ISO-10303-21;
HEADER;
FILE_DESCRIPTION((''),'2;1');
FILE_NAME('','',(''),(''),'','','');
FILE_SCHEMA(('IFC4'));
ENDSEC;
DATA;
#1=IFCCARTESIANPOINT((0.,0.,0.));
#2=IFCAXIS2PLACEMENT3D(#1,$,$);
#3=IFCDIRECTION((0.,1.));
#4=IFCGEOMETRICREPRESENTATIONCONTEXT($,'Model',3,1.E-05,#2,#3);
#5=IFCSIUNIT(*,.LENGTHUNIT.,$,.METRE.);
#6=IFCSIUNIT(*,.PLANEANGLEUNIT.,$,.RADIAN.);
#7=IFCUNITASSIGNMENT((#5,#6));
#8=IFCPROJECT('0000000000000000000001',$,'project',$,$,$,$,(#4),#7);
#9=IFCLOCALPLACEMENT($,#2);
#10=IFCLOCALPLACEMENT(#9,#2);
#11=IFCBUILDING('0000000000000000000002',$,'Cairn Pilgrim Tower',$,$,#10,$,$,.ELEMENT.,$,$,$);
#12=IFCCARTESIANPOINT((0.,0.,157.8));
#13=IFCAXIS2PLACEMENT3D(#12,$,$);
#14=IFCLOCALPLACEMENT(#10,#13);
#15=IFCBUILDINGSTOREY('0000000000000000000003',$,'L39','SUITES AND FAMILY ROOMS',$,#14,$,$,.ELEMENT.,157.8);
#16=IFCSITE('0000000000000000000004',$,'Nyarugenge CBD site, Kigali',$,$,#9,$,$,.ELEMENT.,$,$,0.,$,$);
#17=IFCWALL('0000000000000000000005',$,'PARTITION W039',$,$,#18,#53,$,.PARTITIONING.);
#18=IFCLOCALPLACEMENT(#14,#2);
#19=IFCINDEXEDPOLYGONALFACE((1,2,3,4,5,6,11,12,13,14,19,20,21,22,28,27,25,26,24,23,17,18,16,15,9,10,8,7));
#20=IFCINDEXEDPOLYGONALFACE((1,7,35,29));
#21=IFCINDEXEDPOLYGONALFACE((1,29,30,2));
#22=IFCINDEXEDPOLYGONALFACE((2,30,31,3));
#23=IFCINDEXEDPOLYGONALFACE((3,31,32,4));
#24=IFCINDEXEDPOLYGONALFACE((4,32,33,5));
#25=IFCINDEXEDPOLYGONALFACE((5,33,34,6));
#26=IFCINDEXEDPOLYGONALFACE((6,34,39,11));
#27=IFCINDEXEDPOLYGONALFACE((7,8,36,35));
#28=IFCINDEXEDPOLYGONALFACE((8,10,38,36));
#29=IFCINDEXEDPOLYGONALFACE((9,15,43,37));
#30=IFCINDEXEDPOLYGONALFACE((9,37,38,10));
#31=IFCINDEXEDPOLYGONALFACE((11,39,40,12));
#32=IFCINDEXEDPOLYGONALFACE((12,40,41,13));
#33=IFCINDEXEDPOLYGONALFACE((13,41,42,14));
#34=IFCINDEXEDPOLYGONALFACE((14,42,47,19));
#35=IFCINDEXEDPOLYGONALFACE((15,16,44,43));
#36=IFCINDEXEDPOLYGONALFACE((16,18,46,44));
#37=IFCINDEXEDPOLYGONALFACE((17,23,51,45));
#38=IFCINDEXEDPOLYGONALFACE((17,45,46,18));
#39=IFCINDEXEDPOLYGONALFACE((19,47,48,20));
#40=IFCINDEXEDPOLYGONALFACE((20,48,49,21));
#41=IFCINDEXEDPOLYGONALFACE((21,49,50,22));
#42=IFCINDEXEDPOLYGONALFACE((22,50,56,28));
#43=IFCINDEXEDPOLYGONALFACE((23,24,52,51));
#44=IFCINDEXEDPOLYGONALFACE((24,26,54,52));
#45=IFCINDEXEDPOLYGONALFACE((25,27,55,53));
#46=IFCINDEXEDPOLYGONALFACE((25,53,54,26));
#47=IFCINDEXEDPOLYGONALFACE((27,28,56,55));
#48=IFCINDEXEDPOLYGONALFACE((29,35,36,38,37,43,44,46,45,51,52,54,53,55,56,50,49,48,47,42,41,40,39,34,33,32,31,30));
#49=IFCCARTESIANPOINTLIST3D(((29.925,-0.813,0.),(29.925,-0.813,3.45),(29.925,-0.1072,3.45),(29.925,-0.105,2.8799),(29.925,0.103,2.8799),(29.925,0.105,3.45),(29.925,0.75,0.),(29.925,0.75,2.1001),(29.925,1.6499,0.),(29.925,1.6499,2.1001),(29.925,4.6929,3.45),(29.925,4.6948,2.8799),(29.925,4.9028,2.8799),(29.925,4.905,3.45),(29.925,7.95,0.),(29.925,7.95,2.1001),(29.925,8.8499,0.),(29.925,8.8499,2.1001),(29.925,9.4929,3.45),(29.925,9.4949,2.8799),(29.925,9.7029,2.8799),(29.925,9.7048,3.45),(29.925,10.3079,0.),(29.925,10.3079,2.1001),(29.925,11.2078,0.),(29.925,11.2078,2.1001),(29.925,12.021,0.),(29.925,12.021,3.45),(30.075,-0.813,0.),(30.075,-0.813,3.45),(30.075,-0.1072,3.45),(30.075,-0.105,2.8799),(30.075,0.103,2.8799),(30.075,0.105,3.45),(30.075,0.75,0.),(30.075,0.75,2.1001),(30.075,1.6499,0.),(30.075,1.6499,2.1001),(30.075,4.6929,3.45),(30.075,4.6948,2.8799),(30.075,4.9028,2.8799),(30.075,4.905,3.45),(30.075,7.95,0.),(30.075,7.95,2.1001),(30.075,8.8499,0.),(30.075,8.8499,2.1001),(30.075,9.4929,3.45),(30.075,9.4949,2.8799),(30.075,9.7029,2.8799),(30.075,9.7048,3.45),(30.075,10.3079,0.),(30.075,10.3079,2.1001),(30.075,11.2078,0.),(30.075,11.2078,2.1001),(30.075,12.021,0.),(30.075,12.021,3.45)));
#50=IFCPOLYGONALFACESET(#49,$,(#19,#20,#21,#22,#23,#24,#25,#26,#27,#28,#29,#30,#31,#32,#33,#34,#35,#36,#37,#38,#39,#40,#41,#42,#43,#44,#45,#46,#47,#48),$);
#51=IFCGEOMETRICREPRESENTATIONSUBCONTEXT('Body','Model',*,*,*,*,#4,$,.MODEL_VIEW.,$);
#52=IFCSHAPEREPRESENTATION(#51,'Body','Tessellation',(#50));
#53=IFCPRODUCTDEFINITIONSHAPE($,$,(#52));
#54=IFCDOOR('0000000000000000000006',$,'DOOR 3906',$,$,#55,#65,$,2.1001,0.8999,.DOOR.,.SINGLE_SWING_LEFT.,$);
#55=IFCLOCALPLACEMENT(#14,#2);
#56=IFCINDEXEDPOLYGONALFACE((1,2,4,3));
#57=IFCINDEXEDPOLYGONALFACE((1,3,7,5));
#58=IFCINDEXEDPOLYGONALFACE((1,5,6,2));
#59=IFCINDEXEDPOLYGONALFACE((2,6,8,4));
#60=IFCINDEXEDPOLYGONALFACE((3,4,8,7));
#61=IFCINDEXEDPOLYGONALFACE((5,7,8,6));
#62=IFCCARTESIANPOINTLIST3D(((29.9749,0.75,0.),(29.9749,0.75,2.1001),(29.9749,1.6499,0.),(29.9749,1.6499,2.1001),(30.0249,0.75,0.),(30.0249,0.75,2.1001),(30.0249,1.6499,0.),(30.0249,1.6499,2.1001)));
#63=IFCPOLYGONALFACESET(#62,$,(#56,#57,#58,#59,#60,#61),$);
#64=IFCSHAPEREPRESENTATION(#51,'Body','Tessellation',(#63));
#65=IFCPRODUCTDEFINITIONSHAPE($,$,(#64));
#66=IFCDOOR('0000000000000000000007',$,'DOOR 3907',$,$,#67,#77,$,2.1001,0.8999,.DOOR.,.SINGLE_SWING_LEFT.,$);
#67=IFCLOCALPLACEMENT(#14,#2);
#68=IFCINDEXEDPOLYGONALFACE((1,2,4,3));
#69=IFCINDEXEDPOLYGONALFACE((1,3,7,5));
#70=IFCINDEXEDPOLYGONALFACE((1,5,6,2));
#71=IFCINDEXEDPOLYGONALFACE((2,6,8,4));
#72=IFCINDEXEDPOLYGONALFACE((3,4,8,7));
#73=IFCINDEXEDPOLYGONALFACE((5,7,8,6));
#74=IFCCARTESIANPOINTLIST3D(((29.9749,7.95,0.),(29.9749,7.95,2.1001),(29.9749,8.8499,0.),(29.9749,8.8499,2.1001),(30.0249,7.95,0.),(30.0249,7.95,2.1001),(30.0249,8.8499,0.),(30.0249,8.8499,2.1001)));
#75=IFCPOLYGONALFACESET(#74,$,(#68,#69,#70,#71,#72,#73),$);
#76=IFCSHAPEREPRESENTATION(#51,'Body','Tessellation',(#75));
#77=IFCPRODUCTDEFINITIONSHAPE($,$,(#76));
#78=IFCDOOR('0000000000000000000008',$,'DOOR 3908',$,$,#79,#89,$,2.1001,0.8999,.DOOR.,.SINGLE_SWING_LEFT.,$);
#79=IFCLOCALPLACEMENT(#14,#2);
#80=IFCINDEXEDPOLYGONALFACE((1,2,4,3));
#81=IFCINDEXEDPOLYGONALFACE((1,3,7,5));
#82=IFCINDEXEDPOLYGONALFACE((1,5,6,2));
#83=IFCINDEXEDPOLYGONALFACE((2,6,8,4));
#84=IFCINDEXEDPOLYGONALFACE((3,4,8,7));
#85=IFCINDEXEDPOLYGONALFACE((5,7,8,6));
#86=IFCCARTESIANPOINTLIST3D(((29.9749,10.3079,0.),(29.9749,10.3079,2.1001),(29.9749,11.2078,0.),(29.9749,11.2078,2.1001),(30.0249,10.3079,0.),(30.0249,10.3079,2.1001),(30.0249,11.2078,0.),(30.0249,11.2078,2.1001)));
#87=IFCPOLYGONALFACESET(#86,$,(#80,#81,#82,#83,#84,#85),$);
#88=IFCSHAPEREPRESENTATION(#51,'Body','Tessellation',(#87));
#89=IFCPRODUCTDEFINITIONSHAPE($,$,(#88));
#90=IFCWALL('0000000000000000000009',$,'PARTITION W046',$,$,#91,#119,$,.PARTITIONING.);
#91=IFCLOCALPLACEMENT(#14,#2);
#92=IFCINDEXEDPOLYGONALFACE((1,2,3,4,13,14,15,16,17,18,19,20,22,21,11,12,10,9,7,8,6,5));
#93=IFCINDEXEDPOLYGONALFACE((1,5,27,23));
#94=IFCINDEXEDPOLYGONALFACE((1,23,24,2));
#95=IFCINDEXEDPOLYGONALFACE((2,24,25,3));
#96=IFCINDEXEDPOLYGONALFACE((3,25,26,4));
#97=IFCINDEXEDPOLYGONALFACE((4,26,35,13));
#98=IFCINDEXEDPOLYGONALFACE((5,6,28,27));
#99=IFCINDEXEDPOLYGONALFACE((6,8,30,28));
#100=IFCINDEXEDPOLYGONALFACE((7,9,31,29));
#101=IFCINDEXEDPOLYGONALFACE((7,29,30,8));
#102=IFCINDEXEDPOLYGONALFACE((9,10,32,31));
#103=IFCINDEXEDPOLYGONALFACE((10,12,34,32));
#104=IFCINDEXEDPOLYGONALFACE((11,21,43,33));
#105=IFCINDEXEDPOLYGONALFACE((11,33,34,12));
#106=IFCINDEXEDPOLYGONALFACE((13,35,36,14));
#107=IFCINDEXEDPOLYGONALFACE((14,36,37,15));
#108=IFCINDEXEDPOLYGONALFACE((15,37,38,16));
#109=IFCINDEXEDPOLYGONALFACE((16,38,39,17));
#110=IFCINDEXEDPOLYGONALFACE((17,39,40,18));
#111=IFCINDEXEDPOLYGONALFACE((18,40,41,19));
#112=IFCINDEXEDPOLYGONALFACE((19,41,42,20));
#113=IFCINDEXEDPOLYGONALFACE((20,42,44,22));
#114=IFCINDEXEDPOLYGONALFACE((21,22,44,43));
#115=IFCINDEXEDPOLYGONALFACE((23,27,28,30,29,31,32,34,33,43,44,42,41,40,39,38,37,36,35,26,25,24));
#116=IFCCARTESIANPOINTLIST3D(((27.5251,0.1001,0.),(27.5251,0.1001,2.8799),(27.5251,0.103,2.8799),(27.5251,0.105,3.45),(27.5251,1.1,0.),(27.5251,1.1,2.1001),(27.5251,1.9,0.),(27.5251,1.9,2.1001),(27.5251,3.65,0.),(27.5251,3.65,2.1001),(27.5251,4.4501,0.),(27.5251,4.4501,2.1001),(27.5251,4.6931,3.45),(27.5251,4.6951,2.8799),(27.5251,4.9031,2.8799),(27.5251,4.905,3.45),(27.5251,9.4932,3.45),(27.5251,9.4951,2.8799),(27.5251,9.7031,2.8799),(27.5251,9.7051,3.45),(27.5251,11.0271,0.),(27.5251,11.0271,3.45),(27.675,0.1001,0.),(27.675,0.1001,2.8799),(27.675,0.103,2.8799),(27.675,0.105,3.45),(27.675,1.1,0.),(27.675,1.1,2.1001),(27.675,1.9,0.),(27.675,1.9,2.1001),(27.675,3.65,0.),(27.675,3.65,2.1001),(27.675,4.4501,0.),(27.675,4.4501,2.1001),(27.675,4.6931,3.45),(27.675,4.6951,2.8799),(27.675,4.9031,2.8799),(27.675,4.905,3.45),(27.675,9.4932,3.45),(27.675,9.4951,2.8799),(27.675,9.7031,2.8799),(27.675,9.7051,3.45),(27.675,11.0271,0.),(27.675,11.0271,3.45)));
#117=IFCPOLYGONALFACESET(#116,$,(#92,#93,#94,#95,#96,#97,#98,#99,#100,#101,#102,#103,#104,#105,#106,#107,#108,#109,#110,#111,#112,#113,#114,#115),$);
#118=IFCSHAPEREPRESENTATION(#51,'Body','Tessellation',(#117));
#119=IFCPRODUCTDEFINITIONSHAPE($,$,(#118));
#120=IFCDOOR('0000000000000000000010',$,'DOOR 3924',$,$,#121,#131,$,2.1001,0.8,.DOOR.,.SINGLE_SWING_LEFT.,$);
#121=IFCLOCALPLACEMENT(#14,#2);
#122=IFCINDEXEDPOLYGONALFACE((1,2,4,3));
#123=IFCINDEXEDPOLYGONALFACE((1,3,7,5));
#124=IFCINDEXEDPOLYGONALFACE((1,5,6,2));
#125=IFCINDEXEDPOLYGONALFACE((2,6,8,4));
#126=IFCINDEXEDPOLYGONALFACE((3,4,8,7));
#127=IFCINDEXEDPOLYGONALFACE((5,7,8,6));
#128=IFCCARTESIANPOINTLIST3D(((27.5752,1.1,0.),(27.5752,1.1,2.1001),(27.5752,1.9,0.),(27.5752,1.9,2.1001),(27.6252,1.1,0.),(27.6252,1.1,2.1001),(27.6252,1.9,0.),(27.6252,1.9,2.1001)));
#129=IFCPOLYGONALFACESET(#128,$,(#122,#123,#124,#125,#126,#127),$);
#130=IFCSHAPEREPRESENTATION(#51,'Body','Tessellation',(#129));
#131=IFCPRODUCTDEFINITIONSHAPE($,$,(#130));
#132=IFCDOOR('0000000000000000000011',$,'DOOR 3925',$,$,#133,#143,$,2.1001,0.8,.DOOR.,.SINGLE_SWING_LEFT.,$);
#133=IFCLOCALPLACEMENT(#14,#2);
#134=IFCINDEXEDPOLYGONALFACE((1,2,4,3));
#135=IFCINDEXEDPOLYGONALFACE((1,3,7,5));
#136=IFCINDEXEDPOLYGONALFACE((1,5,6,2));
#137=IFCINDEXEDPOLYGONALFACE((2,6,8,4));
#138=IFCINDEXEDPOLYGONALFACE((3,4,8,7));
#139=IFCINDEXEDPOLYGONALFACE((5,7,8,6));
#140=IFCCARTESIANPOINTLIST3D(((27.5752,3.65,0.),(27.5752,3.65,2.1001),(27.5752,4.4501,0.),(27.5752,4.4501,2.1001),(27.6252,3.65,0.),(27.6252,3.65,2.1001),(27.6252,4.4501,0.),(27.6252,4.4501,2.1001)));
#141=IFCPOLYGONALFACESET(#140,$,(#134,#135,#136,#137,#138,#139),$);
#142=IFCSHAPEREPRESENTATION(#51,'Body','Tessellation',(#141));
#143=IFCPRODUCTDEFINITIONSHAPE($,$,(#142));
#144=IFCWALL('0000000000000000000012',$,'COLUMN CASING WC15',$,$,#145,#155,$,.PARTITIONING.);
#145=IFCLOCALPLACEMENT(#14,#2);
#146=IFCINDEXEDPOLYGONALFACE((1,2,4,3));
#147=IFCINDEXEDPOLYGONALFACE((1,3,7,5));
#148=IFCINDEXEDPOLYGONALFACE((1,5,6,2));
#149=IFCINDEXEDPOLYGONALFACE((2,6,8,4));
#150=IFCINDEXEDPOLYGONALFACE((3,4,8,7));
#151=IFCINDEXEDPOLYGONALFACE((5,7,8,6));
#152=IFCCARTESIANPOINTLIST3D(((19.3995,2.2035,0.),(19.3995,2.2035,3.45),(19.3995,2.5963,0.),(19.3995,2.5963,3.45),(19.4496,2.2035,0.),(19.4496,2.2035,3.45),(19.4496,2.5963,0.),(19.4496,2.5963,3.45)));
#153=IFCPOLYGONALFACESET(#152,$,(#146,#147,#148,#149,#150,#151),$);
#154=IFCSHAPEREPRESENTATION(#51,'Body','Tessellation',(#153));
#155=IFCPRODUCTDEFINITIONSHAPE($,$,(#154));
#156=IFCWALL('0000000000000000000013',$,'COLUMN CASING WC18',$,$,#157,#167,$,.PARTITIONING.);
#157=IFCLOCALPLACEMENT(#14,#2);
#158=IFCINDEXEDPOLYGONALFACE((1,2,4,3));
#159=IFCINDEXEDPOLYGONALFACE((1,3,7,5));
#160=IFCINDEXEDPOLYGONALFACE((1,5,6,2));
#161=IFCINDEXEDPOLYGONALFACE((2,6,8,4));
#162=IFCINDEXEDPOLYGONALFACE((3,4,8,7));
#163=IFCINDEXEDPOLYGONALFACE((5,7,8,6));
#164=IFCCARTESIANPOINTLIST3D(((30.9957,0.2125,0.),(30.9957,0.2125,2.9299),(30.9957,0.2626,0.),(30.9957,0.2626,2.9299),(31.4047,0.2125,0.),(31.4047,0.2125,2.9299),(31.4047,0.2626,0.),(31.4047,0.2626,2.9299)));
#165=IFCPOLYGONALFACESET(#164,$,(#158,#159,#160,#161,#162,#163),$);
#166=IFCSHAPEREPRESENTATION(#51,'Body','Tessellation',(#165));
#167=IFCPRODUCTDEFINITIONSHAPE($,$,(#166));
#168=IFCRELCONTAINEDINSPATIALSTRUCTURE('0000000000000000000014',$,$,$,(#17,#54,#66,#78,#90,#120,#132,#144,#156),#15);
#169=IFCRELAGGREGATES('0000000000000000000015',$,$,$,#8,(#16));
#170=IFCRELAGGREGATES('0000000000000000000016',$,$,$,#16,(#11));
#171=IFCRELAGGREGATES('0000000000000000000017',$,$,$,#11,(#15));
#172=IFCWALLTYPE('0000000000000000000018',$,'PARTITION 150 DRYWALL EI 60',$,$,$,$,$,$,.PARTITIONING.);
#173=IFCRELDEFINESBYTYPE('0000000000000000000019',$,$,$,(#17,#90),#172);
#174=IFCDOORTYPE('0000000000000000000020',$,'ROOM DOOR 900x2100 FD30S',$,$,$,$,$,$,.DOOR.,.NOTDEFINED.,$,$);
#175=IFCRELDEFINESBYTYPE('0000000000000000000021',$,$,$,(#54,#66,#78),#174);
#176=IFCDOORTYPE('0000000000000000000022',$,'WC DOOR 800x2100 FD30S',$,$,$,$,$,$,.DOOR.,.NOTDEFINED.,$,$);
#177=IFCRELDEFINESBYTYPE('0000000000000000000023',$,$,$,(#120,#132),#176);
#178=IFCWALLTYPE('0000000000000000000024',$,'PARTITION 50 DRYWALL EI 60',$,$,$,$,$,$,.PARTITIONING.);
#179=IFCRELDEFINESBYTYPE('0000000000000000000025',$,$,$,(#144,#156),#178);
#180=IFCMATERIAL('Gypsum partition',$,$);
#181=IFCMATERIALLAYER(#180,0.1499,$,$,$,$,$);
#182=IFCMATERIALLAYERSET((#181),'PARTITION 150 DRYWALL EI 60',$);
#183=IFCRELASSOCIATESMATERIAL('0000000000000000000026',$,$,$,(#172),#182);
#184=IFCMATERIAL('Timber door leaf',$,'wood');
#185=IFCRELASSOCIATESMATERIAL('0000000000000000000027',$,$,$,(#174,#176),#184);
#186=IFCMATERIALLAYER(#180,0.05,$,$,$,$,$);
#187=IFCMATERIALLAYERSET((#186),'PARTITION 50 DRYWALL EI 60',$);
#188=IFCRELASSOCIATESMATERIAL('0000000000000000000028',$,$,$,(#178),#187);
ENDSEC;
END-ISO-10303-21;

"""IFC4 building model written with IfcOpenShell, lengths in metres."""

from ifc_helpers import new_model, si_unit, direction, frame, frame_2d, origin, place, context, subcontext, project, spatial, polyline, rectangle, outline, extrude, material, layer, layer_set, type_object, element, fill, save


model = new_model("IFC4")

# Units and contexts
model_context = context("Model", 3, precision=1e-05, world=origin(), true_north=direction((0.0, 1.0)))
body_context = subcontext(model_context, "Body", "Model", "MODEL_VIEW")
ifc_project = project(units=[si_unit("LENGTHUNIT", "METRE"), si_unit("PLANEANGLEUNIT", "RADIAN")], contexts=[model_context])

# Site, building, storey
site_placement = place(None, origin())
site = spatial("IfcSite", under=ifc_project, at=site_placement, Name="Nyarugenge CBD site, Kigali", CompositionType="ELEMENT", RefElevation=0.0)
building_placement = place(site_placement, origin())
building = spatial("IfcBuilding", under=site, at=building_placement, Name="Cairn Pilgrim Tower", CompositionType="ELEMENT")
storey_placement = place(building_placement, frame((0.0, 0.0, 157.8)))
storey = spatial("IfcBuildingStorey", under=building, at=storey_placement, Name="L39", Description="SUITES AND FAMILY ROOMS", CompositionType="ELEMENT", Elevation=157.8)

# Shared definitions
ifc_material_1 = material(Name="Gypsum partition")
ifc_layer_1 = layer(ifc_material_1, 0.1499)
ifc_layer_set_1 = layer_set([ifc_layer_1], Name="PARTITION 150 DRYWALL EI 60")
wall_type_1 = type_object("IfcWallType", Name="PARTITION 150 DRYWALL EI 60", PredefinedType="PARTITIONING", material=ifc_layer_set_1)

# Shared definitions
ifc_material_2 = material(Name="Timber door leaf", Category="wood")
door_type_1 = type_object("IfcDoorType", Name="ROOM DOOR 900x2100 FD30S", OperationType="NOTDEFINED", PredefinedType="DOOR", material=ifc_material_2)

# Walls, openings, doors
wall_1_placement = place(storey_placement, frame((30.0, -0.813, 0.0), z_axis=(0.0, 0.0, 1.0), x_axis=(0.0, 1.0, 0.0)))
wall_1 = element("IfcWall", 1, at=wall_1_placement, inside=storey, type_object=wall_type_1, Name="PARTITION W039", PredefinedType="PARTITIONING", context=body_context, shape_type="SweptSolid", body=[
    extrude(outline(polyline([(0.0, 0.0), (12.834, 0.0), (12.834, 3.45), (10.5178, 3.45), (10.5159, 2.8799), (10.3079, 2.8799), (10.3059, 3.45), (5.718, 3.45), (5.7158, 2.8799), (5.5078, 2.8799), (5.5059, 3.45), (0.918, 3.45), (0.916, 2.8799), (0.708, 2.8799), (0.7058, 3.45), (0.0, 3.45), (0.0, 0.0)])), frame((0.0, 0.075, 0.0), z_axis=(0.0, -1.0, 0.0), x_axis=(1.0, 0.0, 0.0)), (0.0, 0.0, 1.0), 0.1499),
])
opening_1_placement = place(wall_1_placement, frame((1.563, 0.0, 0.0)))
opening_1 = element("IfcOpeningElement", 2, at=opening_1_placement, cuts=wall_1, PredefinedType="OPENING", context=body_context, shape_type="SweptSolid", body=[
    extrude(rectangle(XDim=0.8999, YDim=2.1001, at=frame_2d((0.45, 1.05))), frame((0.0, 0.085, 0.0), z_axis=(0.0, -1.0, 0.0), x_axis=(1.0, 0.0, 0.0)), (0.0, 0.0, 1.0), 0.1699),
])
opening_2_placement = place(wall_1_placement, frame((8.7629, 0.0, 0.0)))
opening_2 = element("IfcOpeningElement", 3, at=opening_2_placement, cuts=wall_1, PredefinedType="OPENING", context=body_context, shape_type="SweptSolid", body=[
    extrude(rectangle(XDim=0.8999, YDim=2.1001, at=frame_2d((0.45, 1.05))), frame((0.0, 0.085, 0.0), z_axis=(0.0, -1.0, 0.0), x_axis=(1.0, 0.0, 0.0)), (0.0, 0.0, 1.0), 0.1699),
])
opening_3_placement = place(wall_1_placement, frame((11.1208, 0.0, 0.0)))
opening_3 = element("IfcOpeningElement", 4, at=opening_3_placement, cuts=wall_1, PredefinedType="OPENING", context=body_context, shape_type="SweptSolid", body=[
    extrude(rectangle(XDim=0.8999, YDim=2.1001, at=frame_2d((0.45, 1.05))), frame((0.0, 0.085, 0.0), z_axis=(0.0, -1.0, 0.0), x_axis=(1.0, 0.0, 0.0)), (0.0, 0.0, 1.0), 0.1699),
])
door_1_placement = place(opening_1_placement, frame((0.8999, 0.0, 0.0), z_axis=(0.0, 0.0, 1.0), x_axis=(-1.0, 0.0, 0.0)))
door_1 = element("IfcDoor", 5, at=door_1_placement, inside=storey, type_object=door_type_1, Name="DOOR 3906", OperationType="SINGLE_SWING_LEFT", OverallHeight=2.1001, OverallWidth=0.8999, PredefinedType="DOOR", context=body_context, shape_type="SweptSolid", body=[
    extrude(rectangle(XDim=0.8999, YDim=2.1001, at=frame_2d((0.45, 1.05))), frame((0.0, 0.0249, 0.0), z_axis=(0.0, -1.0, 0.0), x_axis=(1.0, 0.0, 0.0)), (0.0, 0.0, 1.0), 0.05),
])
fill(opening_1, door_1)
door_2_placement = place(opening_2_placement, frame((0.8999, 0.0, 0.0), z_axis=(0.0, 0.0, 1.0), x_axis=(-1.0, 0.0, 0.0)))
door_2 = element("IfcDoor", 6, at=door_2_placement, inside=storey, type_object=door_type_1, Name="DOOR 3907", OperationType="SINGLE_SWING_LEFT", OverallHeight=2.1001, OverallWidth=0.8999, PredefinedType="DOOR", context=body_context, shape_type="SweptSolid", body=[
    extrude(rectangle(XDim=0.8999, YDim=2.1001, at=frame_2d((0.45, 1.05))), frame((0.0, 0.0249, 0.0), z_axis=(0.0, -1.0, 0.0), x_axis=(1.0, 0.0, 0.0)), (0.0, 0.0, 1.0), 0.05),
])
fill(opening_2, door_2)
door_3_placement = place(opening_3_placement, frame((0.8999, 0.0, 0.0), z_axis=(0.0, 0.0, 1.0), x_axis=(-1.0, 0.0, 0.0)))
door_3 = element("IfcDoor", 7, at=door_3_placement, inside=storey, type_object=door_type_1, Name="DOOR 3908", OperationType="SINGLE_SWING_LEFT", OverallHeight=2.1001, OverallWidth=0.8999, PredefinedType="DOOR", context=body_context, shape_type="SweptSolid", body=[
    extrude(rectangle(XDim=0.8999, YDim=2.1001, at=frame_2d((0.45, 1.05))), frame((0.0, 0.0249, 0.0), z_axis=(0.0, -1.0, 0.0), x_axis=(1.0, 0.0, 0.0)), (0.0, 0.0, 1.0), 0.05),
])
fill(opening_3, door_3)
wall_2_placement = place(storey_placement, frame((27.6001, 0.1001, 0.0), z_axis=(0.0, 0.0, 1.0), x_axis=(0.0, 1.0, 0.0)))
wall_2 = element("IfcWall", 8, at=wall_2_placement, inside=storey, type_object=wall_type_1, Name="PARTITION W046", PredefinedType="PARTITIONING", context=body_context, shape_type="SweptSolid", body=[
    extrude(outline(polyline([(0.0, 0.0), (10.927, 0.0), (10.927, 3.45), (9.605, 3.45), (9.603, 2.8799), (9.395, 2.8799), (9.3931, 3.45), (4.8049, 3.45), (4.803, 2.8799), (4.595, 2.8799), (4.593, 3.45), (0.0049, 3.45), (0.0029, 2.8799), (0.0, 2.8799), (0.0, 0.0)])), frame((0.0, 0.075, 0.0), z_axis=(0.0, -1.0, 0.0), x_axis=(1.0, 0.0, 0.0)), (0.0, 0.0, 1.0), 0.1499),
])
opening_4_placement = place(wall_2_placement, frame((1.0, 0.0, 0.0)))
opening_4 = element("IfcOpeningElement", 9, at=opening_4_placement, cuts=wall_2, PredefinedType="OPENING", context=body_context, shape_type="SweptSolid", body=[
    extrude(rectangle(XDim=0.8, YDim=2.1001, at=frame_2d((0.3999, 1.05))), frame((0.0, 0.085, 0.0), z_axis=(0.0, -1.0, 0.0), x_axis=(1.0, 0.0, 0.0)), (0.0, 0.0, 1.0), 0.1699),
])
opening_5_placement = place(wall_2_placement, frame((3.55, 0.0, 0.0)))
opening_5 = element("IfcOpeningElement", 10, at=opening_5_placement, cuts=wall_2, PredefinedType="OPENING", context=body_context, shape_type="SweptSolid", body=[
    extrude(rectangle(XDim=0.8, YDim=2.1001, at=frame_2d((0.3999, 1.05))), frame((0.0, 0.085, 0.0), z_axis=(0.0, -1.0, 0.0), x_axis=(1.0, 0.0, 0.0)), (0.0, 0.0, 1.0), 0.1699),
])
door_type_2 = type_object("IfcDoorType", Name="WC DOOR 800x2100 FD30S", OperationType="NOTDEFINED", PredefinedType="DOOR", material=ifc_material_2)
door_4_placement = place(opening_4_placement, origin())
door_4 = element("IfcDoor", 11, at=door_4_placement, inside=storey, type_object=door_type_2, Name="DOOR 3924", OperationType="SINGLE_SWING_LEFT", OverallHeight=2.1001, OverallWidth=0.8, PredefinedType="DOOR", context=body_context, shape_type="SweptSolid", body=[
    extrude(rectangle(XDim=0.8, YDim=2.1001, at=frame_2d((0.3999, 1.05))), frame((0.0, 0.0249, 0.0), z_axis=(0.0, -1.0, 0.0), x_axis=(1.0, 0.0, 0.0)), (0.0, 0.0, 1.0), 0.05),
])
fill(opening_4, door_4)
door_5_placement = place(opening_5_placement, origin())
door_5 = element("IfcDoor", 12, at=door_5_placement, inside=storey, type_object=door_type_2, Name="DOOR 3925", OperationType="SINGLE_SWING_LEFT", OverallHeight=2.1001, OverallWidth=0.8, PredefinedType="DOOR", context=body_context, shape_type="SweptSolid", body=[
    extrude(rectangle(XDim=0.8, YDim=2.1001, at=frame_2d((0.3999, 1.05))), frame((0.0, 0.0249, 0.0), z_axis=(0.0, -1.0, 0.0), x_axis=(1.0, 0.0, 0.0)), (0.0, 0.0, 1.0), 0.05),
])
fill(opening_5, door_5)

# Walls
ifc_layer_2 = layer(ifc_material_1, 0.05)
ifc_layer_set_2 = layer_set([ifc_layer_2], Name="PARTITION 50 DRYWALL EI 60")
wall_type_2 = type_object("IfcWallType", Name="PARTITION 50 DRYWALL EI 60", PredefinedType="PARTITIONING", material=ifc_layer_set_2)
wall_3_placement = place(storey_placement, frame((19.4246, 2.2036, 0.0), z_axis=(0.0, 0.0, 1.0), x_axis=(0.0, 1.0, 0.0)))
element("IfcWall", 13, at=wall_3_placement, inside=storey, type_object=wall_type_2, Name="COLUMN CASING WC15", PredefinedType="PARTITIONING", context=body_context, shape_type="SweptSolid", body=[
    extrude(rectangle(XDim=0.3928, YDim=0.05, at=frame_2d((0.1963, 0.0))), origin(), (0.0, 0.0, 1.0), 3.45),
])
wall_4_placement = place(storey_placement, frame((30.9956, 0.2375, 0.0), z_axis=(0.0, 0.0, 1.0), x_axis=(1.0, 0.0, 0.0)))
element("IfcWall", 14, at=wall_4_placement, inside=storey, type_object=wall_type_2, Name="COLUMN CASING WC18", PredefinedType="PARTITIONING", context=body_context, shape_type="SweptSolid", body=[
    extrude(rectangle(XDim=0.4089, YDim=0.05, at=frame_2d((0.2046, 0.0))), origin(), (0.0, 0.0, 1.0), 2.9299),
])

save(model, "model.ifc")
